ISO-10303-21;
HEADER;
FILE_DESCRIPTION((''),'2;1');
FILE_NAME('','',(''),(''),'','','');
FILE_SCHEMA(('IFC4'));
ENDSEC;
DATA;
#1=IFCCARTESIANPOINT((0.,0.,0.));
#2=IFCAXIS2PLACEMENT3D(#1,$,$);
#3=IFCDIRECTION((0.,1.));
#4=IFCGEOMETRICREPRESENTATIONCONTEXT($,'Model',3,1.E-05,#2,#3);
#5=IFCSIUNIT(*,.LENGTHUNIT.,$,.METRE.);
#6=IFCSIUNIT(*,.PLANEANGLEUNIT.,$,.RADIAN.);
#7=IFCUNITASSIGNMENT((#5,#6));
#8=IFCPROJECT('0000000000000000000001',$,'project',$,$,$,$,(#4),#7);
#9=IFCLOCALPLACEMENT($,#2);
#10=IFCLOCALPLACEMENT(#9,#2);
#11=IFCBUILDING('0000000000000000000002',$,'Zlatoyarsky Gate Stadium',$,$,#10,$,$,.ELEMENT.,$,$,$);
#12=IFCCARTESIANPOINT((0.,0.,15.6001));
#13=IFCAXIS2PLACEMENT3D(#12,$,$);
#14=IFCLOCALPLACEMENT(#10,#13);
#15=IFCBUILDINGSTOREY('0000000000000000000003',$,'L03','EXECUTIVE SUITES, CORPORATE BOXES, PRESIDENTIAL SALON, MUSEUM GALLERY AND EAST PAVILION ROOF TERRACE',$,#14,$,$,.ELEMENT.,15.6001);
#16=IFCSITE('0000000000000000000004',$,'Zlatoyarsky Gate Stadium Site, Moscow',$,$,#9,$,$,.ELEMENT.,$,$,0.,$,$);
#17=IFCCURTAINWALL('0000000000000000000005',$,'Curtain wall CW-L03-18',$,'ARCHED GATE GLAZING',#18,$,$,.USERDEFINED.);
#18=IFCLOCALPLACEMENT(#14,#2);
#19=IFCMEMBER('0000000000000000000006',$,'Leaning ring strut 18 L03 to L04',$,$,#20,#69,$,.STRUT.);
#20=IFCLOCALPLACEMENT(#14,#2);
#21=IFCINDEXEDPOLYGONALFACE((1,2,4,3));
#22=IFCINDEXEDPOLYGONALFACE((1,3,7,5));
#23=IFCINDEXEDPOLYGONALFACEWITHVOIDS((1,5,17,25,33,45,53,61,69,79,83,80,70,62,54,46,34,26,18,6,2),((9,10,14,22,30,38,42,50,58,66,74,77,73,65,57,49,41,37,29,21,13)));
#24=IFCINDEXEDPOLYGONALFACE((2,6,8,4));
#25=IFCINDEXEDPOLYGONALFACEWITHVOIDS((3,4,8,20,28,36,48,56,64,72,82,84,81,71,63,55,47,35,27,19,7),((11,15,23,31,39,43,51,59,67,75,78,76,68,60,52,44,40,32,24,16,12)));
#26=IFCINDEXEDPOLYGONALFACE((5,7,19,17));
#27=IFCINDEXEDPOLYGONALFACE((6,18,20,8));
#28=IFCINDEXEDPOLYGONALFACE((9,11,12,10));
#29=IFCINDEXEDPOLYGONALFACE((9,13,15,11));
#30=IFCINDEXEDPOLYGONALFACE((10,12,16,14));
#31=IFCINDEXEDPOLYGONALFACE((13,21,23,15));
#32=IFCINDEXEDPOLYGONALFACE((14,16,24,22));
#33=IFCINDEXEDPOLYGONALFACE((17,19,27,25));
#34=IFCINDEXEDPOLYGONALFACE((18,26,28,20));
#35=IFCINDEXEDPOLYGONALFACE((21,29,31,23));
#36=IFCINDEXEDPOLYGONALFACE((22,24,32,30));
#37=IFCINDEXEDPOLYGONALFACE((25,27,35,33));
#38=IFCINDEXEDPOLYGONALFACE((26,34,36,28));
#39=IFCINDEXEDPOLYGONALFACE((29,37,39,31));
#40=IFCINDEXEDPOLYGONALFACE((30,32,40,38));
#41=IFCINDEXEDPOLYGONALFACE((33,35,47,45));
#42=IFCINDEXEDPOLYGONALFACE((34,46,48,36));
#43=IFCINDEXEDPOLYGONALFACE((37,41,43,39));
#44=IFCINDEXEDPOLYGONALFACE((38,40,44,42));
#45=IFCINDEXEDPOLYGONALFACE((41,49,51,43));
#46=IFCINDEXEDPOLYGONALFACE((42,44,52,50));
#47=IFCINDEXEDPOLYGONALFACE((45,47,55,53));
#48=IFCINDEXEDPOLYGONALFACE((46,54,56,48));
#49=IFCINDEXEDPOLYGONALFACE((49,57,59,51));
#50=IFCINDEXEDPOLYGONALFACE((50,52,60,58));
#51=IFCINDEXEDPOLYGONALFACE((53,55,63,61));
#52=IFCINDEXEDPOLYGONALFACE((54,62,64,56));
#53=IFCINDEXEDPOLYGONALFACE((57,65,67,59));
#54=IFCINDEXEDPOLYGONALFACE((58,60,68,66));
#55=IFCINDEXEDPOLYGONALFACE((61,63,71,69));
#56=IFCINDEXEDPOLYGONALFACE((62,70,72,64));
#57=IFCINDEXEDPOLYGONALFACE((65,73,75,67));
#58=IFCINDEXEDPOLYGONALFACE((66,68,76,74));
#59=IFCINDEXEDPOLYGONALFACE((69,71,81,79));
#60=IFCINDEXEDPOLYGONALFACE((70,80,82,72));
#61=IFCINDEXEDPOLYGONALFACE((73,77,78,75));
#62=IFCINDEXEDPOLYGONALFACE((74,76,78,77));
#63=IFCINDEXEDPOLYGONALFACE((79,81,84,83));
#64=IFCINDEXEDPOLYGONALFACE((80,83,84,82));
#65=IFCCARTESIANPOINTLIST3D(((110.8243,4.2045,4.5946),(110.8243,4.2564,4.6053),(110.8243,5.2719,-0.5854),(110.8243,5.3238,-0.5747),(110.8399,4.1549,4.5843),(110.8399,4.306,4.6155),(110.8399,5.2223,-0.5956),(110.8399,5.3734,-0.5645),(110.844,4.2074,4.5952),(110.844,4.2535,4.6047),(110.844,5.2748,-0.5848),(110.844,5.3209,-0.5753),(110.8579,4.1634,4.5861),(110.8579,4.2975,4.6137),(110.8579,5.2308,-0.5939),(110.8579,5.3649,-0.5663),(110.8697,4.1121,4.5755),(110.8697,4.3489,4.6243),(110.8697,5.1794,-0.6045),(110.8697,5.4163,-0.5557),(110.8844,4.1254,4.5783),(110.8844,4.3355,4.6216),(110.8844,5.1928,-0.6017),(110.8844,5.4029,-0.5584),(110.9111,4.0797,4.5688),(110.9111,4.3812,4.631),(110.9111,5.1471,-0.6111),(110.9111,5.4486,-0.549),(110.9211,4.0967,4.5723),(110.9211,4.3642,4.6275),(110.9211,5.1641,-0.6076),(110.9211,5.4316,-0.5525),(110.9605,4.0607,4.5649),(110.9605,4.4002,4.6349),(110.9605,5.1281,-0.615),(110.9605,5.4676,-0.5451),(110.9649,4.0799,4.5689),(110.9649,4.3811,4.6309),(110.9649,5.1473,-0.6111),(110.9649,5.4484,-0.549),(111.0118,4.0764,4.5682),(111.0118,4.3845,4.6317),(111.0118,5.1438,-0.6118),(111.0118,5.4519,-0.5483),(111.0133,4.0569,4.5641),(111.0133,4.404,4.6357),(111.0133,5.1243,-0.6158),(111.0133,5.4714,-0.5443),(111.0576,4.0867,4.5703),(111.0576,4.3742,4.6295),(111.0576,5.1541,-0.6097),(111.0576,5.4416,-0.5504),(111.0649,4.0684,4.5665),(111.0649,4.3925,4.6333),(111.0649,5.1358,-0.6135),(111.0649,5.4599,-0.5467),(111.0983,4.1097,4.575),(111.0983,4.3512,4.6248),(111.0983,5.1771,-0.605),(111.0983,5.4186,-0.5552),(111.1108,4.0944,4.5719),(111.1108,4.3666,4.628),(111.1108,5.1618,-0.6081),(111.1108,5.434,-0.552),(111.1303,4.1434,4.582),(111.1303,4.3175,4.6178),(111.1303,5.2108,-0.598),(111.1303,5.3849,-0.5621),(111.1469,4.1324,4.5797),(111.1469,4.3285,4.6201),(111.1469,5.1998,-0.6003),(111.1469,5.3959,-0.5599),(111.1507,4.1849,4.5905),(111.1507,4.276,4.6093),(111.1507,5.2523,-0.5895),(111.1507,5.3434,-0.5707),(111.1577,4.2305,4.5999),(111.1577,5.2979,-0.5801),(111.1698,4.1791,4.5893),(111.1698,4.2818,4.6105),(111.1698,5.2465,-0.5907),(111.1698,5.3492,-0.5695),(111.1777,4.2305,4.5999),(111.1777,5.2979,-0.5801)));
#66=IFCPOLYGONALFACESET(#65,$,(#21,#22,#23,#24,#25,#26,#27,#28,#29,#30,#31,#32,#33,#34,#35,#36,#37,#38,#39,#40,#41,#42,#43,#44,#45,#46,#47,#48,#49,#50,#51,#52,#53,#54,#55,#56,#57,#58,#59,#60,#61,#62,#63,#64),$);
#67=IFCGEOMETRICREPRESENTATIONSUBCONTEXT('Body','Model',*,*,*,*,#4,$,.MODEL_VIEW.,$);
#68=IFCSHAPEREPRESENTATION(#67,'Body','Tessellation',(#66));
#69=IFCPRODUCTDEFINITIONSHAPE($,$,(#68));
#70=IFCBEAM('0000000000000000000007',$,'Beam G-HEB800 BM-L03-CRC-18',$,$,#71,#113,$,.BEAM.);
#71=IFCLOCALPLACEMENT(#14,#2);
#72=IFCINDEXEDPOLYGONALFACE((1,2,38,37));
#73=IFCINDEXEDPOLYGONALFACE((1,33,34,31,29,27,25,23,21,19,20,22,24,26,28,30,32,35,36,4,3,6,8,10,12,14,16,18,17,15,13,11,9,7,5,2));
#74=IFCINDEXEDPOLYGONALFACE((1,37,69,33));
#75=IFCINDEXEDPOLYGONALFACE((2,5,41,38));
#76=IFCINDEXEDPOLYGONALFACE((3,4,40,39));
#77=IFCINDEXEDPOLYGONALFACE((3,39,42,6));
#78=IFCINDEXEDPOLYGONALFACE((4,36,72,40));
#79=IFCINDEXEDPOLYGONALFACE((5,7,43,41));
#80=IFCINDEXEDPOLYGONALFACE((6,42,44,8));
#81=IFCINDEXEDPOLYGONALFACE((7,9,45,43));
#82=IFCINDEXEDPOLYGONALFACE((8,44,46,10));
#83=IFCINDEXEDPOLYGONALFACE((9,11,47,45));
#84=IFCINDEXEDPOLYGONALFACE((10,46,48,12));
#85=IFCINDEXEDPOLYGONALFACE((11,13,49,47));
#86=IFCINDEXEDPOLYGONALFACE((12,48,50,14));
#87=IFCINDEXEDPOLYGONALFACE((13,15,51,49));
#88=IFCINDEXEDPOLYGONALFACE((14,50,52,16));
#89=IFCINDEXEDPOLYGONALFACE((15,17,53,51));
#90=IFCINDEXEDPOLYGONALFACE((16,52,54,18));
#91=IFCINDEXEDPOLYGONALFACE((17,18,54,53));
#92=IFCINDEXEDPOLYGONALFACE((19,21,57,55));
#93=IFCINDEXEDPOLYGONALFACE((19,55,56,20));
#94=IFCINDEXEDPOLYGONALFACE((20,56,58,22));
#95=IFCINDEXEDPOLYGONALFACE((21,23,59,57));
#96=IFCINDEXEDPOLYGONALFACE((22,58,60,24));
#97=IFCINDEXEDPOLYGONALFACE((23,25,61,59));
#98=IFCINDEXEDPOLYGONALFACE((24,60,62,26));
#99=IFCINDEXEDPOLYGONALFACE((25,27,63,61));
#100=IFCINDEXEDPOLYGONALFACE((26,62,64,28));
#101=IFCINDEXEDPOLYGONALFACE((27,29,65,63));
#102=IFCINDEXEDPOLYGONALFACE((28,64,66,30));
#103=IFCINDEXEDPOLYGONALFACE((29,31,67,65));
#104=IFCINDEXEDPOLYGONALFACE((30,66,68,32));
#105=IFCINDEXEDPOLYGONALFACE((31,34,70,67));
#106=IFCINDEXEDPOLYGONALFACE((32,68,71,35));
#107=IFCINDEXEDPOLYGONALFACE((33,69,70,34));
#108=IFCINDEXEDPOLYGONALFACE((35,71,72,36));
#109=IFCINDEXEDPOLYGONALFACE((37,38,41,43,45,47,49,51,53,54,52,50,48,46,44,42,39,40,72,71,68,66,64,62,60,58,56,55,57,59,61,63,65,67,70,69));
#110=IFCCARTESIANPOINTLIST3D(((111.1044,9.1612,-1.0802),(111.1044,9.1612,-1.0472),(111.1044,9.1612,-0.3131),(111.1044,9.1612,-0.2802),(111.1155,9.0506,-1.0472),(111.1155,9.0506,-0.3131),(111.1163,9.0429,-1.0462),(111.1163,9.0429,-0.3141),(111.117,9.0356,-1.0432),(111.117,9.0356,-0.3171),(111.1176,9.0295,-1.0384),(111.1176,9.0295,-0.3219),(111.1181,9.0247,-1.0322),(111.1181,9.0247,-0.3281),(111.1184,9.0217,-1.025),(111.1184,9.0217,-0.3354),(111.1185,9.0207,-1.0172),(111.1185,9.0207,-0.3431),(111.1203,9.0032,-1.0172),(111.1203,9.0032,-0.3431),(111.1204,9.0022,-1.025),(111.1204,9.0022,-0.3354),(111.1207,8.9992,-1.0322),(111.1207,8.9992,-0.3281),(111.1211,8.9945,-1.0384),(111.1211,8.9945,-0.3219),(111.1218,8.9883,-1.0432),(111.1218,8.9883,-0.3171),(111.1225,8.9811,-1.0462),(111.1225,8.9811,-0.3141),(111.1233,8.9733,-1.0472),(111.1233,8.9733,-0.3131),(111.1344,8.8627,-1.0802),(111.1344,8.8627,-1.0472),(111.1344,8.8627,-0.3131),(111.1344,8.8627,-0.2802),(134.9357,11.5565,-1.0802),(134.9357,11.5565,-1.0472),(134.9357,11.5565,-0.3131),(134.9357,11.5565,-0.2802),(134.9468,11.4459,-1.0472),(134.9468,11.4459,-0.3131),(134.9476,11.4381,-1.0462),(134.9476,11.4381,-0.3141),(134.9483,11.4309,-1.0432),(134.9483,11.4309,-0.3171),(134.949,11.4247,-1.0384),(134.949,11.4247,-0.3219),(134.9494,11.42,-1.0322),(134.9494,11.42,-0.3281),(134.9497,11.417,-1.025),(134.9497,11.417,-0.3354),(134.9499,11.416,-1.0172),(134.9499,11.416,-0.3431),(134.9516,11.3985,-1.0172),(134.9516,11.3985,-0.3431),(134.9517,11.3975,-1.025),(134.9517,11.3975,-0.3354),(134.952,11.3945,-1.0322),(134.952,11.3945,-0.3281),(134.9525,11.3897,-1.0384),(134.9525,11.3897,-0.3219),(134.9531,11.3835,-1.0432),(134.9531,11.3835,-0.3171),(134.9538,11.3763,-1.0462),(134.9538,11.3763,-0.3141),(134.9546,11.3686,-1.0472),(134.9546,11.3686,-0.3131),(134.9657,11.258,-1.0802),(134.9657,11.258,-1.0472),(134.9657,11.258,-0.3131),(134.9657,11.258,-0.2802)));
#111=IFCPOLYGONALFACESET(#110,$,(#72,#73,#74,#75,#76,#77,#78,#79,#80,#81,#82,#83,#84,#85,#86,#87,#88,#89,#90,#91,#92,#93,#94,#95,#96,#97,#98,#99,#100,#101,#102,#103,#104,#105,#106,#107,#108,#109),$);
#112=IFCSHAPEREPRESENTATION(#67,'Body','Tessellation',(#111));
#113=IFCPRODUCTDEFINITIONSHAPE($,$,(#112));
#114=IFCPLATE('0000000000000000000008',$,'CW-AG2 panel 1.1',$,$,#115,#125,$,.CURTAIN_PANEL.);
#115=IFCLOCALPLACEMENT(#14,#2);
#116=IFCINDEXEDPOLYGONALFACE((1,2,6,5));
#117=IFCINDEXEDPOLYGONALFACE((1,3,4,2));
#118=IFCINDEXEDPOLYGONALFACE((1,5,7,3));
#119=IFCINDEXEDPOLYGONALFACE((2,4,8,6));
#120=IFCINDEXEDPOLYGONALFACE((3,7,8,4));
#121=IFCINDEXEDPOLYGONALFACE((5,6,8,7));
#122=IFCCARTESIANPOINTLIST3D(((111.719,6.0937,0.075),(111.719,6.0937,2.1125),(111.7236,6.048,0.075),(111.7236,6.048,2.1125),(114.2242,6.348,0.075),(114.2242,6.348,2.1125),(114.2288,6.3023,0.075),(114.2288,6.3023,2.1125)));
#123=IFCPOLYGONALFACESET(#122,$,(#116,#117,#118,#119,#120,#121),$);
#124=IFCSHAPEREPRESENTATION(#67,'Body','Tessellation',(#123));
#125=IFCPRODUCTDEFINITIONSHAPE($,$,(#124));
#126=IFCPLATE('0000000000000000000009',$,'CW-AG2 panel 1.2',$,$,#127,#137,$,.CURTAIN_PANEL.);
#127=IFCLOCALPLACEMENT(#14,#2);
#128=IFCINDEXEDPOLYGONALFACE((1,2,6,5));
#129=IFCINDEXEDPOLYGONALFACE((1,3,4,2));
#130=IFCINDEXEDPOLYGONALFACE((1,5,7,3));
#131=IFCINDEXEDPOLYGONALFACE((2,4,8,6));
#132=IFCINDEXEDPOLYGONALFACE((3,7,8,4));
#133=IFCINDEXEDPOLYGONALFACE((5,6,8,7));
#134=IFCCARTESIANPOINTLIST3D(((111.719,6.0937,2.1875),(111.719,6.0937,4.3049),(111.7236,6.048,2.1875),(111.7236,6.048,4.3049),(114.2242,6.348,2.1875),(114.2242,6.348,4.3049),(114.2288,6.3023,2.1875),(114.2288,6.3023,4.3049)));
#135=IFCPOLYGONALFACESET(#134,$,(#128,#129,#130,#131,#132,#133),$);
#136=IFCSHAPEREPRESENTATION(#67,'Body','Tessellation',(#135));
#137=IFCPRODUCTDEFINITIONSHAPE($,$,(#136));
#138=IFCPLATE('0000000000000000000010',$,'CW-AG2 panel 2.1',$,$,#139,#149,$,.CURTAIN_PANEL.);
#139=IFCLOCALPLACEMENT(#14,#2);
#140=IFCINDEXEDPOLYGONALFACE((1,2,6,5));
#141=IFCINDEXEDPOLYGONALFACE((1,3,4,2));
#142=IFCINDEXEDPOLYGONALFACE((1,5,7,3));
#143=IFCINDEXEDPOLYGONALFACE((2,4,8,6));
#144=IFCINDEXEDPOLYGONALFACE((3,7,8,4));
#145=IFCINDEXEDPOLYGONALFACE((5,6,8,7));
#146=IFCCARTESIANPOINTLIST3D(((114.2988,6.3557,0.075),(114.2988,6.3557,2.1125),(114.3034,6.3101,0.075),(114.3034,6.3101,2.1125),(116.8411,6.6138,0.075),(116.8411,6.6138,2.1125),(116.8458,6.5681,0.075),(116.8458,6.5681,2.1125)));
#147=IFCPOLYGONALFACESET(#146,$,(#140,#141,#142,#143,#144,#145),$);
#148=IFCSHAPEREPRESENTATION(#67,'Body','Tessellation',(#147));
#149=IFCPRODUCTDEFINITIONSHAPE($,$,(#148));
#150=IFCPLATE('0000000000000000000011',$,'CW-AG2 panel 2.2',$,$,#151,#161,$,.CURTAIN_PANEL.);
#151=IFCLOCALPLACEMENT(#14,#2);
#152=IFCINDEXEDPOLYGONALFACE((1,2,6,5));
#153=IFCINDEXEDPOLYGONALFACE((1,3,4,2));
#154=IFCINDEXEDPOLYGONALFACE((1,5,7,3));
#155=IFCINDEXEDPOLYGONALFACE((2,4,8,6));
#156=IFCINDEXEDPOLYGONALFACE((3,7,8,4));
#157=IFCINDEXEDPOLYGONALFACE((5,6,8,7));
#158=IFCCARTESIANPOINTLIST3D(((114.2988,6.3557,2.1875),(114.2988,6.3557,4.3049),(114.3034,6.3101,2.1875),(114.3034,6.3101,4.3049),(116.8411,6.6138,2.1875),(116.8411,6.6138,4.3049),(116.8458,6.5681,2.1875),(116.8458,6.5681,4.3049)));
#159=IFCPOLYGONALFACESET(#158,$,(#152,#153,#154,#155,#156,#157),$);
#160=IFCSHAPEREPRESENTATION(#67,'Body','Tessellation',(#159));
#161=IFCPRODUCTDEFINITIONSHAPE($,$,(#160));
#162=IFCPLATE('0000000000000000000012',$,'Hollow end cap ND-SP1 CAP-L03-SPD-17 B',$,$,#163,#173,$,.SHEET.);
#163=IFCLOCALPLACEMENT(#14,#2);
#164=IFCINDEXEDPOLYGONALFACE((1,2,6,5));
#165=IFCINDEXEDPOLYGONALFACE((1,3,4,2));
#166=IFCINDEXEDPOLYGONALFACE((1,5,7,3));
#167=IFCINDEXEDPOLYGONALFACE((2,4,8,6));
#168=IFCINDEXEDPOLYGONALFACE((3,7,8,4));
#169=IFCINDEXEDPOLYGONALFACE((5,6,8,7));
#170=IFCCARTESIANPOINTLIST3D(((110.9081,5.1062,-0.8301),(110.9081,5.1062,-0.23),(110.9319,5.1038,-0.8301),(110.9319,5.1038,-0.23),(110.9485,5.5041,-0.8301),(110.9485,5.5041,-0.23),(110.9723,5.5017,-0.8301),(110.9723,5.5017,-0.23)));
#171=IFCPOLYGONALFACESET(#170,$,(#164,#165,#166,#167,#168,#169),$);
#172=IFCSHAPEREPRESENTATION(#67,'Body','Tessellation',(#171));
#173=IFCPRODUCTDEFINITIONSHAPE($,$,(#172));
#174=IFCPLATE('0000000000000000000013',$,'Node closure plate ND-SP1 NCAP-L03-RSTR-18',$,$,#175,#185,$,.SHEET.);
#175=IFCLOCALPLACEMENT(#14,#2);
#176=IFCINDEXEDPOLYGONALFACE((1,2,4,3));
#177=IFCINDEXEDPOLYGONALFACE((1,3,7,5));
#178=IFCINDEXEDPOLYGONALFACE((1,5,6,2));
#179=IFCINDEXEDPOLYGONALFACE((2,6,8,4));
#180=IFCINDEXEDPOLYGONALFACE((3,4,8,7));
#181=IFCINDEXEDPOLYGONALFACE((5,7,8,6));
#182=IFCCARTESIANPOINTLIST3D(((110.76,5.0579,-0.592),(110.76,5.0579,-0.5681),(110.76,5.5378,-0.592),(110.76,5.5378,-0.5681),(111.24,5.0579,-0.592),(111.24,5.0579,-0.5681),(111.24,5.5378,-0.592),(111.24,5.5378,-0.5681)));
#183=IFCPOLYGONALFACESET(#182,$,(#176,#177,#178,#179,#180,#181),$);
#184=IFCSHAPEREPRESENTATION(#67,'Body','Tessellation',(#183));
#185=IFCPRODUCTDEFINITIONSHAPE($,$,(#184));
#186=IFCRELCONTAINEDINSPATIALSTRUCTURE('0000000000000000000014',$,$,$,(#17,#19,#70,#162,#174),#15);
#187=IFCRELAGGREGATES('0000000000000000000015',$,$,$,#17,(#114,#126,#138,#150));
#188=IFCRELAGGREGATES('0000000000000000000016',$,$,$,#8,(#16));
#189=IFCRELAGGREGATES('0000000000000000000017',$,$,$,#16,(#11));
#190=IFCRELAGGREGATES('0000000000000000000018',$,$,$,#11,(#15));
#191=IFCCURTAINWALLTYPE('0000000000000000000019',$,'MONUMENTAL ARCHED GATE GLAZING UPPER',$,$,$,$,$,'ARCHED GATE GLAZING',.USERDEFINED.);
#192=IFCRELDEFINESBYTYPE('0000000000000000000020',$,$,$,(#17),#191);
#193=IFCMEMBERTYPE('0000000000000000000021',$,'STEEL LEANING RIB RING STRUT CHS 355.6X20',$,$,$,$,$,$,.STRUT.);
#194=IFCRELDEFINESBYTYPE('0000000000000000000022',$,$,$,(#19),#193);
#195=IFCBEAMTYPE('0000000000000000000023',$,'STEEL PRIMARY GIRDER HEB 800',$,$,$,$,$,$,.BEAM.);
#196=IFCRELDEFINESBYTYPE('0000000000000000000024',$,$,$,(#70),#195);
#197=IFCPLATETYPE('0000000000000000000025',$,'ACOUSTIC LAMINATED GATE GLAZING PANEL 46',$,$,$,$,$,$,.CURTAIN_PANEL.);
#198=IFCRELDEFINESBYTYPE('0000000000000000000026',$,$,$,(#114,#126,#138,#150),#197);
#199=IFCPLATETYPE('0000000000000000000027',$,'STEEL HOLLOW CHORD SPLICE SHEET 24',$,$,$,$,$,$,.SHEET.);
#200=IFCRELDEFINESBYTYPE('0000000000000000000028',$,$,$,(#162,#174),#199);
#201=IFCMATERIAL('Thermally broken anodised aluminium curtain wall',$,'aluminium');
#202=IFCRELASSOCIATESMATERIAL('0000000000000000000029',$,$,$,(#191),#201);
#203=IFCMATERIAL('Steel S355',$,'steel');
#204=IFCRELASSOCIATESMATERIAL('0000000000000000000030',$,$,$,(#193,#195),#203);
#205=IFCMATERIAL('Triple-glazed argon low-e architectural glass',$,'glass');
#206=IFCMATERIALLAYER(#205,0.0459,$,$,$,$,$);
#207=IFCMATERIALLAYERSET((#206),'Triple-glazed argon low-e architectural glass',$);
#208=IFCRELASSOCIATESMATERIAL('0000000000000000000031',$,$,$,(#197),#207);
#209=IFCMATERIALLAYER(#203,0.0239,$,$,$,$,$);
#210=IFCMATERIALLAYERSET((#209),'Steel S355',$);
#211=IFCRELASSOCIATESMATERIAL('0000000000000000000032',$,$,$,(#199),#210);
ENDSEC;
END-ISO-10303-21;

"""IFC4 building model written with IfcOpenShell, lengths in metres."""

from ifc_helpers import new_model, si_unit, direction, frame, origin, origin_2d, place, context, subcontext, project, spatial, rectangle, hollow_circle, i_section, extrude, material, layer, layer_set, material_profile, profile_set, type_object, element, aggregate, save


model = new_model("IFC4")

# Units and contexts
model_context = context("Model", 3, precision=1e-05, world=origin(), true_north=direction((0.0, 1.0)))
body_context = subcontext(model_context, "Body", "Model", "MODEL_VIEW")
ifc_project = project(units=[si_unit("LENGTHUNIT", "METRE"), si_unit("PLANEANGLEUNIT", "RADIAN")], contexts=[model_context])

# Site, building, storey
site_placement = place(None, origin())
site = spatial("IfcSite", under=ifc_project, at=site_placement, Name="Zlatoyarsky Gate Stadium Site, Moscow", CompositionType="ELEMENT", RefElevation=0.0)
building_placement = place(site_placement, origin())
building = spatial("IfcBuilding", under=site, at=building_placement, Name="Zlatoyarsky Gate Stadium", CompositionType="ELEMENT")
storey_placement = place(building_placement, frame((0.0, 0.0, 15.6001)))
storey = spatial("IfcBuildingStorey", under=building, at=storey_placement, Name="L03", Description="EXECUTIVE SUITES, CORPORATE BOXES, PRESIDENTIAL SALON, MUSEUM GALLERY AND EAST PAVILION ROOF TERRACE", CompositionType="ELEMENT", Elevation=15.6001)

# Shared definitions
ifc_material_1 = material(Name="Steel S355", Category="steel")

# Curtain wall
ifc_material_2 = material(Name="Thermally broken anodised aluminium curtain wall", Category="aluminium")
curtain_wall_type = type_object("IfcCurtainWallType", Name="MONUMENTAL ARCHED GATE GLAZING UPPER", ElementType="ARCHED GATE GLAZING", PredefinedType="USERDEFINED", material=ifc_material_2)
curtain_wall_placement = place(storey_placement, origin())
curtain_wall = element("IfcCurtainWall", 1, at=curtain_wall_placement, inside=storey, type_object=curtain_wall_type, Name="Curtain wall CW-L03-18", ObjectType="ARCHED GATE GLAZING", PredefinedType="USERDEFINED")

# Member
ifc_material_profile_1 = material_profile(ifc_material_1, hollow_circle(Radius=0.1777, WallThickness=0.02, at=origin_2d()), Name="CHS 355.6X20")
ifc_profile_set_1 = profile_set([ifc_material_profile_1], Name="Steel S355")
member_type_1 = type_object("IfcMemberType", Name="STEEL LEANING RIB RING STRUT CHS 355.6X20", PredefinedType="STRUT", material=ifc_profile_set_1)
member_1_placement = place(storey_placement, frame((111.0, 5.2979, -0.5801), z_axis=(0.0, -0.201821, 0.979422), x_axis=(1.0, 0.0, 0.0)))
element("IfcMember", 2, at=member_1_placement, inside=storey, type_object=member_type_1, Name="Leaning ring strut 18 L03 to L04", PredefinedType="STRUT", context=body_context, shape_type="SweptSolid", body=[
    extrude(hollow_circle(Radius=0.1777, WallThickness=0.02, at=origin_2d()), origin(), (0.0, 0.0, 1.0), 5.2888),
])

# Beam
ifc_material_profile_2 = material_profile(ifc_material_1, i_section(OverallWidth=0.3, OverallDepth=0.8, WebThickness=0.0176, FlangeThickness=0.033, FilletRadius=0.03, at=origin_2d()), Name="HEB 800")
ifc_profile_set_2 = profile_set([ifc_material_profile_2], Name="Steel S355")
beam_type_1 = type_object("IfcBeamType", Name="STEEL PRIMARY GIRDER HEB 800", PredefinedType="BEAM", material=ifc_profile_set_2)
beam_1_placement = place(storey_placement, frame((111.1194, 9.012, -0.6802), z_axis=(0.994987, 0.100005, 0.0), x_axis=(-0.100005, 0.994987, 0.0)))
element("IfcBeam", 3, at=beam_1_placement, inside=storey, type_object=beam_type_1, Name="Beam G-HEB800 BM-L03-CRC-18", PredefinedType="BEAM", context=body_context, shape_type="SweptSolid", body=[
    extrude(i_section(OverallWidth=0.3, OverallDepth=0.8, WebThickness=0.0176, FlangeThickness=0.033, FilletRadius=0.03, at=origin_2d()), origin(), (0.0, 0.0, 1.0), 23.9514),
])

# Plates
ifc_material_3 = material(Name="Triple-glazed argon low-e architectural glass", Category="glass")
ifc_layer_1 = layer(ifc_material_3, 0.0459)
ifc_layer_set_1 = layer_set([ifc_layer_1], Name="Triple-glazed argon low-e architectural glass")
plate_type_1 = type_object("IfcPlateType", Name="ACOUSTIC LAMINATED GATE GLAZING PANEL 46", PredefinedType="CURTAIN_PANEL", material=ifc_layer_set_1)
plate_1_placement = place(storey_placement, frame((112.9739, 6.198, 0.075), z_axis=(0.0, 0.0, 1.0), x_axis=(0.99489, 0.100968, 0.0)))
plate_1 = element("IfcPlate", 4, at=plate_1_placement, type_object=plate_type_1, Name="CW-AG2 panel 1.1", PredefinedType="CURTAIN_PANEL", context=body_context, shape_type="SweptSolid", body=[
    extrude(rectangle(XDim=2.5181, YDim=0.0459, at=origin_2d()), origin(), (0.0, 0.0, 1.0), 2.0376),
])
plate_2_placement = place(storey_placement, frame((112.9739, 6.198, 2.1875), z_axis=(0.0, 0.0, 1.0), x_axis=(0.99489, 0.100968, 0.0)))
plate_2 = element("IfcPlate", 5, at=plate_2_placement, type_object=plate_type_1, Name="CW-AG2 panel 1.2", PredefinedType="CURTAIN_PANEL", context=body_context, shape_type="SweptSolid", body=[
    extrude(rectangle(XDim=2.5181, YDim=0.0459, at=origin_2d()), origin(), (0.0, 0.0, 1.0), 2.1174),
])
plate_3_placement = place(storey_placement, frame((115.5723, 6.4619, 0.075), z_axis=(0.0, 0.0, 1.0), x_axis=(0.99489, 0.100968, 0.0)))
plate_3 = element("IfcPlate", 6, at=plate_3_placement, type_object=plate_type_1, Name="CW-AG2 panel 2.1", PredefinedType="CURTAIN_PANEL", context=body_context, shape_type="SweptSolid", body=[
    extrude(rectangle(XDim=2.5554, YDim=0.0459, at=origin_2d()), origin(), (0.0, 0.0, 1.0), 2.0376),
])
plate_4_placement = place(storey_placement, frame((115.5723, 6.4619, 2.1875), z_axis=(0.0, 0.0, 1.0), x_axis=(0.99489, 0.100968, 0.0)))
plate_4 = element("IfcPlate", 7, at=plate_4_placement, type_object=plate_type_1, Name="CW-AG2 panel 2.2", PredefinedType="CURTAIN_PANEL", context=body_context, shape_type="SweptSolid", body=[
    extrude(rectangle(XDim=2.5554, YDim=0.0459, at=origin_2d()), origin(), (0.0, 0.0, 1.0), 2.1174),
])
aggregate(curtain_wall, [plate_1, plate_2, plate_3, plate_4])

# Plates
ifc_layer_2 = layer(ifc_material_1, 0.0239)
ifc_layer_set_2 = layer_set([ifc_layer_2], Name="Steel S355")
plate_type_2 = type_object("IfcPlateType", Name="STEEL HOLLOW CHORD SPLICE SHEET 24", PredefinedType="SHEET", material=ifc_layer_set_2)
plate_5_placement = place(storey_placement, frame((110.9402, 5.304, -0.8301), z_axis=(0.0, 0.0, 1.0), x_axis=(0.994868, -0.101179, 0.0)))
element("IfcPlate", 8, at=plate_5_placement, inside=storey, type_object=plate_type_2, Name="Hollow end cap ND-SP1 CAP-L03-SPD-17 B", PredefinedType="SHEET", context=body_context, shape_type="SweptSolid", body=[
    extrude(rectangle(XDim=0.0239, YDim=0.3999, at=origin_2d()), origin(), (0.0, 0.0, 1.0), 0.6001),
])
plate_6_placement = place(storey_placement, frame((111.0, 5.2979, -0.592), z_axis=(0.0, 0.0, 1.0), x_axis=(1.0, 0.0, 0.0)))
element("IfcPlate", 9, at=plate_6_placement, inside=storey, type_object=plate_type_2, Name="Node closure plate ND-SP1 NCAP-L03-RSTR-18", PredefinedType="SHEET", context=body_context, shape_type="SweptSolid", body=[
    extrude(rectangle(XDim=0.48, YDim=0.48, at=origin_2d()), origin(), (0.0, 0.0, 1.0), 0.0239),
])

save(model, "model.ifc")
